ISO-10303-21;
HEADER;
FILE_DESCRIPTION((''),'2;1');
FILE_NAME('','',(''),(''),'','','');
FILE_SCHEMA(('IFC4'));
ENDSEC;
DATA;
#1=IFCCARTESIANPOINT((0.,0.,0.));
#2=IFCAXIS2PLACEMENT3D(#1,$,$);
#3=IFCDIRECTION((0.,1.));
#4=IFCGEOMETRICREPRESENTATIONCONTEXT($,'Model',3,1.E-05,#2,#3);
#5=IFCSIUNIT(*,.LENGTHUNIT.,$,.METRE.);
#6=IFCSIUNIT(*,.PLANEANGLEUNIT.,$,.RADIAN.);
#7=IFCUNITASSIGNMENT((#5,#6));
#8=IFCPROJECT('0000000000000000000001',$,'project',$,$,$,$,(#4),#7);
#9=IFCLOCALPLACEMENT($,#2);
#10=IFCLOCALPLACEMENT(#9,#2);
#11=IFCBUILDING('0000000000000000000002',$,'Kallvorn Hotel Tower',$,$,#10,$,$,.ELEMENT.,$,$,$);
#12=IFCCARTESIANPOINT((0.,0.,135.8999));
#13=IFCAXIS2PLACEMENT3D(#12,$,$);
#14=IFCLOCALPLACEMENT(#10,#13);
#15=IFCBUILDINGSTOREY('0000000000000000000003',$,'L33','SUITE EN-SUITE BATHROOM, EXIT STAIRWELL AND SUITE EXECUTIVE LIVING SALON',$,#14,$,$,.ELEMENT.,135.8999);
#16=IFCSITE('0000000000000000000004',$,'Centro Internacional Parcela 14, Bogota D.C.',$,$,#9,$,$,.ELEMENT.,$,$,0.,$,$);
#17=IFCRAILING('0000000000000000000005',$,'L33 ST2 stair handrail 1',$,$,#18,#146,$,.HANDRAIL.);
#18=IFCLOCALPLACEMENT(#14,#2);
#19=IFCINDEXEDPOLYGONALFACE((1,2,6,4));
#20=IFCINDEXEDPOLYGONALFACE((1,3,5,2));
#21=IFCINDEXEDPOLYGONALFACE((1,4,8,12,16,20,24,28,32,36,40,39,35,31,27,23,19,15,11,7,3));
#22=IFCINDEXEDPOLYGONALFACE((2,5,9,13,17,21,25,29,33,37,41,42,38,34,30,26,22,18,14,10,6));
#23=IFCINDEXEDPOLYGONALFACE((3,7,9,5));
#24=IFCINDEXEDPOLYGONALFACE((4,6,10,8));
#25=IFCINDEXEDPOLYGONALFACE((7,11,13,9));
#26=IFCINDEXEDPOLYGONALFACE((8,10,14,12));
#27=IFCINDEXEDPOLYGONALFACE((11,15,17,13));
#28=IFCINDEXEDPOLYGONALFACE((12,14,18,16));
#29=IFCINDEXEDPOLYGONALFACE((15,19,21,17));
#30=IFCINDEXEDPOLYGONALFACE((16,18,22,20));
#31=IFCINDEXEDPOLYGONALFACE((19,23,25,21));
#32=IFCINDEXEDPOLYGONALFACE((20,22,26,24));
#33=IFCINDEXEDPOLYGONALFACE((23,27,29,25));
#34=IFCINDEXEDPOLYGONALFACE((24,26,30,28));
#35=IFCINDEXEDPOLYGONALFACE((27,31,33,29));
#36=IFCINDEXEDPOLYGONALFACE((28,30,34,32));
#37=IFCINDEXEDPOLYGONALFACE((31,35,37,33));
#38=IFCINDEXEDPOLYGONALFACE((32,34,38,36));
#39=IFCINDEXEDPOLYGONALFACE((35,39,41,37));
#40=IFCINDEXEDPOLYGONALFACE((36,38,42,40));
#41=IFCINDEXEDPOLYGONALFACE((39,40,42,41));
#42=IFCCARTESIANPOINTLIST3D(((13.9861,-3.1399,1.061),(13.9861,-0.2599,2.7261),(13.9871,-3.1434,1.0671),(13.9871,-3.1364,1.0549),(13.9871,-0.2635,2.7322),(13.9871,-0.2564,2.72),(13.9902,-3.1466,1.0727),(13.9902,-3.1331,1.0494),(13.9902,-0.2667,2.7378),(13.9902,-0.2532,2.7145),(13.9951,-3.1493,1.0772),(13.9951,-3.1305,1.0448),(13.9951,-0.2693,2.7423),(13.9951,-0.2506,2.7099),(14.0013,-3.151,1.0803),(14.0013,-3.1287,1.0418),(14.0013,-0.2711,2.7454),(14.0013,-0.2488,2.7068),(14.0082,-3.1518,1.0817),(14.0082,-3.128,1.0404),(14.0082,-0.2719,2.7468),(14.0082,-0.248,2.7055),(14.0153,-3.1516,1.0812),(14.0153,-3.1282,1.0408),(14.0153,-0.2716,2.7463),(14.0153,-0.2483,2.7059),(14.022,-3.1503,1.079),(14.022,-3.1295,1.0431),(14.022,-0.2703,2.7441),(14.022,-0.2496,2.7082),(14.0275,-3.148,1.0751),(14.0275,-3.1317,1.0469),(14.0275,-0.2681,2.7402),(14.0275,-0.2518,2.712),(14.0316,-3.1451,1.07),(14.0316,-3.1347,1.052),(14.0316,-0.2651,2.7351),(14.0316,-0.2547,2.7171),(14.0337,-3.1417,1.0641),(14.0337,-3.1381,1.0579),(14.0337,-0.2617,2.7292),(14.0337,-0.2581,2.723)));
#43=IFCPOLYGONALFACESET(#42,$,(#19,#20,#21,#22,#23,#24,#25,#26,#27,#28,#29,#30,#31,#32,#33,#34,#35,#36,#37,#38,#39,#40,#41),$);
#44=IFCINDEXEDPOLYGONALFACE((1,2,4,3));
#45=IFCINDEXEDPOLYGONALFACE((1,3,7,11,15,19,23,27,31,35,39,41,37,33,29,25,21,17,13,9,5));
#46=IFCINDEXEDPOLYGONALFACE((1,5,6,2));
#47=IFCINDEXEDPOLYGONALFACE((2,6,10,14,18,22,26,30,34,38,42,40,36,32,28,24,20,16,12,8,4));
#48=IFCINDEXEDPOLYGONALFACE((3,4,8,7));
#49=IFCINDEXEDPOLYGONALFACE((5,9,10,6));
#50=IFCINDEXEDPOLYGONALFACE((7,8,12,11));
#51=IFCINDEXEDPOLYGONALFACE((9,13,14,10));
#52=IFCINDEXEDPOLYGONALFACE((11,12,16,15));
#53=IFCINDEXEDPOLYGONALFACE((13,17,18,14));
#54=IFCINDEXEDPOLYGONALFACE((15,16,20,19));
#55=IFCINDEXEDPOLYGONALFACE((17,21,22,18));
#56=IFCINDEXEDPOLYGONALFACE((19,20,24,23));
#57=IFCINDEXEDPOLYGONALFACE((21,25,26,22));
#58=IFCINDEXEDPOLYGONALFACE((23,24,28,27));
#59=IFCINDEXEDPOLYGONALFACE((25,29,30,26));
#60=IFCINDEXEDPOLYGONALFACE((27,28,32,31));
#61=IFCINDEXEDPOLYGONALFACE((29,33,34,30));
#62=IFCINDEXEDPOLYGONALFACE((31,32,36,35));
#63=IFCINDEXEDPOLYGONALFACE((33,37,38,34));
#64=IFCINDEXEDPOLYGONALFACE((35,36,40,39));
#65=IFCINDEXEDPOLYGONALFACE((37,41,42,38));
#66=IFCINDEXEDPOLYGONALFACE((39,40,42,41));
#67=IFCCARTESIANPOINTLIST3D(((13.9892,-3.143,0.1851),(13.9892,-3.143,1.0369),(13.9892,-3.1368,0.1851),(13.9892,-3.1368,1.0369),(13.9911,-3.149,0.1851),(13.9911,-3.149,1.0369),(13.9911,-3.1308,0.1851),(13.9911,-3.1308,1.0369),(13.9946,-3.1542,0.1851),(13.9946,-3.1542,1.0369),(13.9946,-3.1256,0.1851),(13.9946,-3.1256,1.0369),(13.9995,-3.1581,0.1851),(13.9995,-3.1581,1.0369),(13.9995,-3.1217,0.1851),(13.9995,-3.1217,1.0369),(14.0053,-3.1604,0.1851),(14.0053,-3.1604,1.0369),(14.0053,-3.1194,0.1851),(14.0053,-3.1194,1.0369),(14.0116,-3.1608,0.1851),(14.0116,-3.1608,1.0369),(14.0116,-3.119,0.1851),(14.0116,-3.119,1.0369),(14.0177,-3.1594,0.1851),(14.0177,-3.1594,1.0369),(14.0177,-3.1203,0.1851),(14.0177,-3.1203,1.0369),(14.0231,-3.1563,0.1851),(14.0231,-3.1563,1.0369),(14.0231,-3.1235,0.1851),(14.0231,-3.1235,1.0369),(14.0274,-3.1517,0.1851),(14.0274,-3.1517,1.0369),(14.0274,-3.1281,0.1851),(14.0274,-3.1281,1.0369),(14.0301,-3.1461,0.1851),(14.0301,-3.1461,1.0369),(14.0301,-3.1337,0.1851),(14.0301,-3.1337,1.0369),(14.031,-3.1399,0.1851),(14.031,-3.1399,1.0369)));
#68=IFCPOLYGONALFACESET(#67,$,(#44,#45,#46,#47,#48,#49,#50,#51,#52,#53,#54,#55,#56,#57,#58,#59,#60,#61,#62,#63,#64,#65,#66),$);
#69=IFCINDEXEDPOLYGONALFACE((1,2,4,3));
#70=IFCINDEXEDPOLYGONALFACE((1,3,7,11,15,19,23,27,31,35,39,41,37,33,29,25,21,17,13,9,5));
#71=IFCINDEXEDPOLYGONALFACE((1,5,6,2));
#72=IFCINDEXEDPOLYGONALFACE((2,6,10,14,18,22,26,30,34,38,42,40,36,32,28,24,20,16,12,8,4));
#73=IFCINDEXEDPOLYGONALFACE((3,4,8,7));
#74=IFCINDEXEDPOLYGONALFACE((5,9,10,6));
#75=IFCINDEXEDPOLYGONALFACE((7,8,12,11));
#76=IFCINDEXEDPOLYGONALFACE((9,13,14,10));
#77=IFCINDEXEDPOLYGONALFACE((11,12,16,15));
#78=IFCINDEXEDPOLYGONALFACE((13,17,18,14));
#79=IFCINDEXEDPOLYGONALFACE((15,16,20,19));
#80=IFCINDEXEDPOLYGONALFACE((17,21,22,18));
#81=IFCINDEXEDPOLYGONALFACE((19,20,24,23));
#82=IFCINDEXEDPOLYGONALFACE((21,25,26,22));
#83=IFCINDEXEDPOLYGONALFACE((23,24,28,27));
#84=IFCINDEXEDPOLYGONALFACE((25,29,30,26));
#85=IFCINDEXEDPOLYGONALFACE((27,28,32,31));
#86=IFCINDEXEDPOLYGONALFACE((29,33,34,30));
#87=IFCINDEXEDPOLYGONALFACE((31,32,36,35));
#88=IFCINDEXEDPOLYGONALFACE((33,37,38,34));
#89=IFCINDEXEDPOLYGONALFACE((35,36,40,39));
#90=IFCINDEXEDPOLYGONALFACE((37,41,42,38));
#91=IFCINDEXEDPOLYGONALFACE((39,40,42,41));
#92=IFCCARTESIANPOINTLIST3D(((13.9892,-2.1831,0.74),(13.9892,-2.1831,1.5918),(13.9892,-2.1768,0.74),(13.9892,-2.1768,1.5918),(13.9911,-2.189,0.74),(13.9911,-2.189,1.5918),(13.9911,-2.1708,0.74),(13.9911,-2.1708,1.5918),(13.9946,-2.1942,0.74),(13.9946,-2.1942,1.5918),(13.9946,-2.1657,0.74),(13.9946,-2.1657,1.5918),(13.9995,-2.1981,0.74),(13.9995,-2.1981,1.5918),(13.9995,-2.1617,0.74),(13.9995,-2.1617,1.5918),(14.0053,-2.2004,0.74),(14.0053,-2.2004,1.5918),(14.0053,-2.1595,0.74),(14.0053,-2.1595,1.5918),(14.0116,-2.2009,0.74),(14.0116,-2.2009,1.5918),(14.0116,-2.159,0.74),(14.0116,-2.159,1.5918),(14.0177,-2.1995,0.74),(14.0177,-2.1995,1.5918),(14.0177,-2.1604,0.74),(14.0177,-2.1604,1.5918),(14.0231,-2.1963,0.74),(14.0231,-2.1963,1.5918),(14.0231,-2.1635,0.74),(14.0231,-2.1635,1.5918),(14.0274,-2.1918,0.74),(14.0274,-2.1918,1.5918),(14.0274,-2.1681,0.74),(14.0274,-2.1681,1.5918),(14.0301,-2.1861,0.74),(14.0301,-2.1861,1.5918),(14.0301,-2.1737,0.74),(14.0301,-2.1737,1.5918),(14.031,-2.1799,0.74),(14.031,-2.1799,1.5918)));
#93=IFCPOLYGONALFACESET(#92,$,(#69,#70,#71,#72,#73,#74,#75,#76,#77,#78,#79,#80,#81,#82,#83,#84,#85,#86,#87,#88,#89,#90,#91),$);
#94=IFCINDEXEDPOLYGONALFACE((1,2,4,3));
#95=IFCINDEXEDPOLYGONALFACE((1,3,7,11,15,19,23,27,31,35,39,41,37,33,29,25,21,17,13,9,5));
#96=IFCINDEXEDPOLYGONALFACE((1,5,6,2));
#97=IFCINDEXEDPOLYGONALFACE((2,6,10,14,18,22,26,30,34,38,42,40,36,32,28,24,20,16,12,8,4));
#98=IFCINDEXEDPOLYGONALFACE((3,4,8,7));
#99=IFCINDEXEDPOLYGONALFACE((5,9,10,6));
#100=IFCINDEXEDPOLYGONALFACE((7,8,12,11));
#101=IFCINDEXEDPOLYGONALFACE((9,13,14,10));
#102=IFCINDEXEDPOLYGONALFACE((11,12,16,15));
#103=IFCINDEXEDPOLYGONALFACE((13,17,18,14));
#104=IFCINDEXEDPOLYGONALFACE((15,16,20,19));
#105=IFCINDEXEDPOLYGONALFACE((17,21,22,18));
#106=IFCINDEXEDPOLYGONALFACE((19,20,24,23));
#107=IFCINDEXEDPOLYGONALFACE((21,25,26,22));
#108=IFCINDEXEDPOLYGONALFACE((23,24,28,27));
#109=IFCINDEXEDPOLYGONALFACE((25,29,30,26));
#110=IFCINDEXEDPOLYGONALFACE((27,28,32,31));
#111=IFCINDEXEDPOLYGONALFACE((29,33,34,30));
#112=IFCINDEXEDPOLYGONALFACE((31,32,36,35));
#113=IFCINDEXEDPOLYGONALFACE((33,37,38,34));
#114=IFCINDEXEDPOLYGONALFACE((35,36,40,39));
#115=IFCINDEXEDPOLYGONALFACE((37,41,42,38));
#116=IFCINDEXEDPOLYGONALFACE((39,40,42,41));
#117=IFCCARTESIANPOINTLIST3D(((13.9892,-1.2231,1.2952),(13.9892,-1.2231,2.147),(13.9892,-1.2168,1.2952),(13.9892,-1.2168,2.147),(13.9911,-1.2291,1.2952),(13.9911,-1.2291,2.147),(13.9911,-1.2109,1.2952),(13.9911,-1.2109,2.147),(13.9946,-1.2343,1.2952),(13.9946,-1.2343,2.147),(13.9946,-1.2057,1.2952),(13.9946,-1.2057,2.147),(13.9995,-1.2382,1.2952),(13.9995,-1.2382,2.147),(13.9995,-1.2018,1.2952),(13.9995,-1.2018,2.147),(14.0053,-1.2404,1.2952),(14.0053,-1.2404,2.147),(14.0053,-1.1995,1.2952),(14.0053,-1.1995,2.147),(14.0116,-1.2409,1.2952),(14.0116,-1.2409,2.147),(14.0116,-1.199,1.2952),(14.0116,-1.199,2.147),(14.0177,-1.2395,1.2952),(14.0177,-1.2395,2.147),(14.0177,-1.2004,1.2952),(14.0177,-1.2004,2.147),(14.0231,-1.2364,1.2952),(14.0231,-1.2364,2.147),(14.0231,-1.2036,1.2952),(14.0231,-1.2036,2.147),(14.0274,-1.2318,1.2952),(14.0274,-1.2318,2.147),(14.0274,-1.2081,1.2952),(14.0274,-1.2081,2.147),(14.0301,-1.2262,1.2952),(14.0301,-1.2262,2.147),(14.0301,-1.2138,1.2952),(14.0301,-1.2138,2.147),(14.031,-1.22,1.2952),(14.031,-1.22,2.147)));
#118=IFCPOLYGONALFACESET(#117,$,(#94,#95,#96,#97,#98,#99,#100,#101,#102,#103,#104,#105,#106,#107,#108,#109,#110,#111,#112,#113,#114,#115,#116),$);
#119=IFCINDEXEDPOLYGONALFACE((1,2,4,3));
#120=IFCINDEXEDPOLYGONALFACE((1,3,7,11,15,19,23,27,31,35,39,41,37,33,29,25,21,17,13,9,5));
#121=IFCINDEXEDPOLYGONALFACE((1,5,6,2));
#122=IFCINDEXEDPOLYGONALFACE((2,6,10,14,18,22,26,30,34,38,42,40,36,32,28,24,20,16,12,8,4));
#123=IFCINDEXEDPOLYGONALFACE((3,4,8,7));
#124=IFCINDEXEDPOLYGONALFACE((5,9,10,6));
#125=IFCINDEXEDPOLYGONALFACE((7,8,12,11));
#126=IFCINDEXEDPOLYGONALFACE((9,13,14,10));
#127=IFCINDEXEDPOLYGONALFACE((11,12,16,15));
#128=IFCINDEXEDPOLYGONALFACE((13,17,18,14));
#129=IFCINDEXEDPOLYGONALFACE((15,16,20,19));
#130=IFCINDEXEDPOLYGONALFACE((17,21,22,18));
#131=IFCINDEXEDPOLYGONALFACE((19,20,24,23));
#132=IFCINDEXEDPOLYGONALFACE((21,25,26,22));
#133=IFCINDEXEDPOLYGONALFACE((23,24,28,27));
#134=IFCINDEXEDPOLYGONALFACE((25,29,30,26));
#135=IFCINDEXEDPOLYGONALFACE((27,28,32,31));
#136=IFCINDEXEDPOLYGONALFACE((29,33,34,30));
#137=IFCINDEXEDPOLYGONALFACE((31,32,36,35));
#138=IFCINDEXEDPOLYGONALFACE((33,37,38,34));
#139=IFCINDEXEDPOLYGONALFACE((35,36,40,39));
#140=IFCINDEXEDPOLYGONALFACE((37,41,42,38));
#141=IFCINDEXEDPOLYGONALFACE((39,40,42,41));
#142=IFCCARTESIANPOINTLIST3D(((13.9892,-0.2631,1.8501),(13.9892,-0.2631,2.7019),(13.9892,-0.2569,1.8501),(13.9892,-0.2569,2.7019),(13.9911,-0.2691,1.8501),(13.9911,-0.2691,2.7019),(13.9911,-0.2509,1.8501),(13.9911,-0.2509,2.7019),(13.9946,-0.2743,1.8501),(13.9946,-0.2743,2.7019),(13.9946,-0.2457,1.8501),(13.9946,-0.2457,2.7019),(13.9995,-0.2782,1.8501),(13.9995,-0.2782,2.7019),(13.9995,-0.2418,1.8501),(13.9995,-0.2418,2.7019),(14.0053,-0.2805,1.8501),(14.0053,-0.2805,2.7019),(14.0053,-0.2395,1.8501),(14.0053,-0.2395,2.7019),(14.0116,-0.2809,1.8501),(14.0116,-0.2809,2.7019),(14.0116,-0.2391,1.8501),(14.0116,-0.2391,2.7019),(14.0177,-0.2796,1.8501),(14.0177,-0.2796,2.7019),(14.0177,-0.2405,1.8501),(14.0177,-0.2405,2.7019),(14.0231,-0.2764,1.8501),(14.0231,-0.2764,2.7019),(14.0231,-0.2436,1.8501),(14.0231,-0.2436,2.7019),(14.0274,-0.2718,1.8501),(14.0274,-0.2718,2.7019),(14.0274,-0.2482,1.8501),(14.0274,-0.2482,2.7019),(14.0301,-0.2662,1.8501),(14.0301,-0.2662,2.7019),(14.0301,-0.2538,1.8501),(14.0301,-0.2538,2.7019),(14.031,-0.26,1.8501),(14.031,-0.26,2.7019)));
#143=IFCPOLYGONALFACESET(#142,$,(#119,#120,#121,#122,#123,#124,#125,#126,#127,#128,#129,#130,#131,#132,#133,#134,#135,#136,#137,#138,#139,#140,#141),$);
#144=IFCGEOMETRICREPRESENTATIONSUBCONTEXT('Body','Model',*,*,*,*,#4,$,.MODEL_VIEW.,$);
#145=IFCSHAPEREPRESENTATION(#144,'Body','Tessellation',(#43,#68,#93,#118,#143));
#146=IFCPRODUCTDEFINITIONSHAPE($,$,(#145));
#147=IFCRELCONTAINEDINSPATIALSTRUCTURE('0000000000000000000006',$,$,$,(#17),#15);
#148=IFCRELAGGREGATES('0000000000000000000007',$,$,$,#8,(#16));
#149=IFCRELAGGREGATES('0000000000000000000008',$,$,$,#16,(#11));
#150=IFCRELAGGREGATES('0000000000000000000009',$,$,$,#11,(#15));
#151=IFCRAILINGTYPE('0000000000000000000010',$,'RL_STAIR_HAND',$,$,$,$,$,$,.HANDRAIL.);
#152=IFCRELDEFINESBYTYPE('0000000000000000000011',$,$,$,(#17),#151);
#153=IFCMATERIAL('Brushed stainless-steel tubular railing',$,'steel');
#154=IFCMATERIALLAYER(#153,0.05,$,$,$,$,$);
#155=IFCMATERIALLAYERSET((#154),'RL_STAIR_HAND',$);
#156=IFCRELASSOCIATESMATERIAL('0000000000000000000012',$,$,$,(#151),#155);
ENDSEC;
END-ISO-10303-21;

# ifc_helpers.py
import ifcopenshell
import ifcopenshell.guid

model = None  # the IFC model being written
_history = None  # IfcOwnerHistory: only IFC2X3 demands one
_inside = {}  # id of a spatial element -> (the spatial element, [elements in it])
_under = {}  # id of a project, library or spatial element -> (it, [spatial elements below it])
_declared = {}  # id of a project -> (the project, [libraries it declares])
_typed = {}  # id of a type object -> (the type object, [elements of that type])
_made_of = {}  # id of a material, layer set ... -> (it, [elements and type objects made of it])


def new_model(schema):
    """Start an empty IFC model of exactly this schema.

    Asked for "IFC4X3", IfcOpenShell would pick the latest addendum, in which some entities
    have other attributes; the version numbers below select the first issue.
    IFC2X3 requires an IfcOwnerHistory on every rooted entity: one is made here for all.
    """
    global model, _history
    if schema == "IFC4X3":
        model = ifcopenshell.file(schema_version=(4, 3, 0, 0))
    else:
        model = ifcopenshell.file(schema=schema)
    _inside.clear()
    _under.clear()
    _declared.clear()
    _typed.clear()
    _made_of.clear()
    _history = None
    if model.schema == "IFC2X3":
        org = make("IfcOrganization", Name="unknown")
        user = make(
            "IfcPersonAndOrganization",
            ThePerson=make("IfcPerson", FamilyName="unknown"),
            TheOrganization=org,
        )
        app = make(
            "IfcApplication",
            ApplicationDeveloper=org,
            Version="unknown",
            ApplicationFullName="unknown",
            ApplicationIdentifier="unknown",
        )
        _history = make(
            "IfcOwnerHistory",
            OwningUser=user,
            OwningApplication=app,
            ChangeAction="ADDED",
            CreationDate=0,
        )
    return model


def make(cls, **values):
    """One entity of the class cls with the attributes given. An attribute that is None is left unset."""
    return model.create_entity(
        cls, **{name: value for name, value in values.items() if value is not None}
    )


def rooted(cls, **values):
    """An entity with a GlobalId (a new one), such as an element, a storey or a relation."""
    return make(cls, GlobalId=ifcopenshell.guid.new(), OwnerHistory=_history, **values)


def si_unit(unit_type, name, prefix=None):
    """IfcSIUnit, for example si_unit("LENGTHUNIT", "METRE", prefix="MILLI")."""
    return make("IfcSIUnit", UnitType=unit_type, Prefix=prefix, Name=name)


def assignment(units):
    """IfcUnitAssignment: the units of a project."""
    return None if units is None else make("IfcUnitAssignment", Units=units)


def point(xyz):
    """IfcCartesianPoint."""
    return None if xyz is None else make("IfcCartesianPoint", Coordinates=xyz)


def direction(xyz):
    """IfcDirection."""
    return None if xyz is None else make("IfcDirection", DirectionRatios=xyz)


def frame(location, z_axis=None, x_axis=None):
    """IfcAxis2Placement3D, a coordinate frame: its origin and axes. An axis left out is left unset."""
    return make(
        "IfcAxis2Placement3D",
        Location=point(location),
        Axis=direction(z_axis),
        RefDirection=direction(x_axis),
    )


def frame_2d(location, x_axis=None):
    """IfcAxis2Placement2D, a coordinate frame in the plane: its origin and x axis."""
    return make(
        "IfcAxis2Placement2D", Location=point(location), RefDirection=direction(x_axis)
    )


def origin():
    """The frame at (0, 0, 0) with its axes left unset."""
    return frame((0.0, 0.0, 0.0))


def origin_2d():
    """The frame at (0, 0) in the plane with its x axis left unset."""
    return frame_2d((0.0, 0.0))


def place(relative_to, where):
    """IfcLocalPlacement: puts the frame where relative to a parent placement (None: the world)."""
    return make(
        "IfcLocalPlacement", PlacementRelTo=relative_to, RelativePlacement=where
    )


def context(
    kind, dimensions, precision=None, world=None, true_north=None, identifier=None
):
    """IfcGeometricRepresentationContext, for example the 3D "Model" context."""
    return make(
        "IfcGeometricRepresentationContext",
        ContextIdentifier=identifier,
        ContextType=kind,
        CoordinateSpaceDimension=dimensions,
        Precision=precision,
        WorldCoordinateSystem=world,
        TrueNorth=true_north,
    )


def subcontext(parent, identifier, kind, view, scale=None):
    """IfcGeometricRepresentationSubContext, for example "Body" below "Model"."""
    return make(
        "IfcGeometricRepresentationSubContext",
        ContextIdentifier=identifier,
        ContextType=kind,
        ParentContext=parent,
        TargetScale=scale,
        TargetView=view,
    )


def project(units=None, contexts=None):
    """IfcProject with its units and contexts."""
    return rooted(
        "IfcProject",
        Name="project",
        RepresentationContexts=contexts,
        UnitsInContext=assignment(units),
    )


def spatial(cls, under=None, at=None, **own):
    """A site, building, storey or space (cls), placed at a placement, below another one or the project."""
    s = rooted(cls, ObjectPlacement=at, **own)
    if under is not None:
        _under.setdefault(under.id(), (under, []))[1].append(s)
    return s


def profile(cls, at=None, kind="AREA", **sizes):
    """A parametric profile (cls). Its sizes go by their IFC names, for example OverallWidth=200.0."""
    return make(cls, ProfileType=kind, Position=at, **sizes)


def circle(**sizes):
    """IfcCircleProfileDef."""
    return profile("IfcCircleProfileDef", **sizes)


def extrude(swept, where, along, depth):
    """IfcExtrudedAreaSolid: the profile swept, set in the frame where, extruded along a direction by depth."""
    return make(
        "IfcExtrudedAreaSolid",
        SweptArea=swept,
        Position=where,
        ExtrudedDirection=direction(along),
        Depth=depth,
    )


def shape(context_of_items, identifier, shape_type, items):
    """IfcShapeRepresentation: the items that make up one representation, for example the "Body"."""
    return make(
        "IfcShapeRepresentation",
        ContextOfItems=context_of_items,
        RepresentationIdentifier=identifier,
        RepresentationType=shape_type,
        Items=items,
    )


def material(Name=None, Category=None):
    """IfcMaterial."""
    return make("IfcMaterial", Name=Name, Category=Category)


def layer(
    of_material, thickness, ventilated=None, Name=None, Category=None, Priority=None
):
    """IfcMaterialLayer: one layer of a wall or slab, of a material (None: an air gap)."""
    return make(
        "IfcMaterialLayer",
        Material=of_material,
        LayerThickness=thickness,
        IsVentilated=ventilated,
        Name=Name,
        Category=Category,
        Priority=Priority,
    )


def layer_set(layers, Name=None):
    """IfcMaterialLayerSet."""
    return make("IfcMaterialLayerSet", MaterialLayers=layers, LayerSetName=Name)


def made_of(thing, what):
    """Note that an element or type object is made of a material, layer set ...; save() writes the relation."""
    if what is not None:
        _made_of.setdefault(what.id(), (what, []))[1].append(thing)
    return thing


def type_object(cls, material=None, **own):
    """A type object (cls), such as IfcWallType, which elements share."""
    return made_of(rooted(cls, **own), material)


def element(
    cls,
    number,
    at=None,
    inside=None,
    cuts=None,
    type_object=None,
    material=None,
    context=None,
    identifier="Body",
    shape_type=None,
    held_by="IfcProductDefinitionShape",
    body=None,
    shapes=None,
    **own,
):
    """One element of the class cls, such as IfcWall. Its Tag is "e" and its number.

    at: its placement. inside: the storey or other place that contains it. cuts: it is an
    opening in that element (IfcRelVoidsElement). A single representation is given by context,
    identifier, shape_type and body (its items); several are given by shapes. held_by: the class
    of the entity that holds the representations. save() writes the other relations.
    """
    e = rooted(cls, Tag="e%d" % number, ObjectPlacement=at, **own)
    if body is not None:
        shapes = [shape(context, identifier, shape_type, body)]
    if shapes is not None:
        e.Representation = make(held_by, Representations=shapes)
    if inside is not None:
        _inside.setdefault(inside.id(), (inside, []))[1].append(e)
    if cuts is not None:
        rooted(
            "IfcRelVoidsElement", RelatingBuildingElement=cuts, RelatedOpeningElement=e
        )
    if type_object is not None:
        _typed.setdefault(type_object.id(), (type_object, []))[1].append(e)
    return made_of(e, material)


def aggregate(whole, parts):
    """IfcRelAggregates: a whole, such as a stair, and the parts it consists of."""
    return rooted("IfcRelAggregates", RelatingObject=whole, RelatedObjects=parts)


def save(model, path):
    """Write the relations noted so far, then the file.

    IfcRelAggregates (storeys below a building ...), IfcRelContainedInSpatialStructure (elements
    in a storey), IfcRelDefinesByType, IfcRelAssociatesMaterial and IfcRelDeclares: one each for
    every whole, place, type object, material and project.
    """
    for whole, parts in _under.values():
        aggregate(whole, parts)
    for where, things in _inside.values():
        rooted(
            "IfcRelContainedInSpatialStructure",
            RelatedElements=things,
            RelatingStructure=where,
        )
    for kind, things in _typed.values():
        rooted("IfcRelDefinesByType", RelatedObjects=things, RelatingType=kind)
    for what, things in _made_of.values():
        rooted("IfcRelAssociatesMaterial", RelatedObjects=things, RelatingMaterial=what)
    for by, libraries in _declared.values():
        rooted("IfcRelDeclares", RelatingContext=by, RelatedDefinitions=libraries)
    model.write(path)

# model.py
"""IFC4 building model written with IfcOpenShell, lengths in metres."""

from ifc_helpers import new_model, si_unit, direction, frame, origin, origin_2d, place, context, subcontext, project, spatial, circle, extrude, material, layer, layer_set, type_object, element, save


model = new_model("IFC4")

# Units and contexts
model_context = context("Model", 3, precision=1e-05, world=origin(), true_north=direction((0.0, 1.0)))
body_context = subcontext(model_context, "Body", "Model", "MODEL_VIEW")
ifc_project = project(units=[si_unit("LENGTHUNIT", "METRE"), si_unit("PLANEANGLEUNIT", "RADIAN")], contexts=[model_context])

# Site, building, storey
site_placement = place(None, origin())
site = spatial("IfcSite", under=ifc_project, at=site_placement, Name="Centro Internacional Parcela 14, Bogota D.C.", CompositionType="ELEMENT", RefElevation=0.0)
building_placement = place(site_placement, origin())
building = spatial("IfcBuilding", under=site, at=building_placement, Name="Kallvorn Hotel Tower", CompositionType="ELEMENT")
storey_placement = place(building_placement, frame((0.0, 0.0, 135.8999)))
storey = spatial("IfcBuildingStorey", under=building, at=storey_placement, Name="L33", Description="SUITE EN-SUITE BATHROOM, EXIT STAIRWELL AND SUITE EXECUTIVE LIVING SALON", CompositionType="ELEMENT", Elevation=135.8999)

# Railing
ifc_material_1 = material(Name="Brushed stainless-steel tubular railing", Category="steel")
ifc_layer_1 = layer(ifc_material_1, 0.05)
ifc_layer_set_1 = layer_set([ifc_layer_1], Name="RL_STAIR_HAND")
railing_type_1 = type_object("IfcRailingType", Name="RL_STAIR_HAND", PredefinedType="HANDRAIL", material=ifc_layer_set_1)
railing_1_placement = place(storey_placement, frame((14.01, -3.1399, 0.1851)))
element("IfcRailing", 1, at=railing_1_placement, inside=storey, type_object=railing_type_1, Name="L33 ST2 stair handrail 1", PredefinedType="HANDRAIL", context=body_context, shape_type="SweptSolid", body=[
    extrude(circle(Radius=0.0239, at=origin_2d()), frame((0.0, 0.0, 0.876), z_axis=(0.0, 0.865721, 0.500527), x_axis=(-1.0, 0.0, 0.0)), (0.0, 0.0, 1.0), 3.3267),
    extrude(circle(Radius=0.021, at=origin_2d()), origin(), (0.0, 0.0, 1.0), 0.8518),
    extrude(circle(Radius=0.021, at=origin_2d()), frame((0.0, 0.96, 0.5549)), (0.0, 0.0, 1.0), 0.8518),
    extrude(circle(Radius=0.021, at=origin_2d()), frame((0.0, 1.9199, 1.1101)), (0.0, 0.0, 1.0), 0.8518),
    extrude(circle(Radius=0.021, at=origin_2d()), frame((0.0, 2.8799, 1.665)), (0.0, 0.0, 1.0), 0.8518),
])

save(model, "model.ifc")
